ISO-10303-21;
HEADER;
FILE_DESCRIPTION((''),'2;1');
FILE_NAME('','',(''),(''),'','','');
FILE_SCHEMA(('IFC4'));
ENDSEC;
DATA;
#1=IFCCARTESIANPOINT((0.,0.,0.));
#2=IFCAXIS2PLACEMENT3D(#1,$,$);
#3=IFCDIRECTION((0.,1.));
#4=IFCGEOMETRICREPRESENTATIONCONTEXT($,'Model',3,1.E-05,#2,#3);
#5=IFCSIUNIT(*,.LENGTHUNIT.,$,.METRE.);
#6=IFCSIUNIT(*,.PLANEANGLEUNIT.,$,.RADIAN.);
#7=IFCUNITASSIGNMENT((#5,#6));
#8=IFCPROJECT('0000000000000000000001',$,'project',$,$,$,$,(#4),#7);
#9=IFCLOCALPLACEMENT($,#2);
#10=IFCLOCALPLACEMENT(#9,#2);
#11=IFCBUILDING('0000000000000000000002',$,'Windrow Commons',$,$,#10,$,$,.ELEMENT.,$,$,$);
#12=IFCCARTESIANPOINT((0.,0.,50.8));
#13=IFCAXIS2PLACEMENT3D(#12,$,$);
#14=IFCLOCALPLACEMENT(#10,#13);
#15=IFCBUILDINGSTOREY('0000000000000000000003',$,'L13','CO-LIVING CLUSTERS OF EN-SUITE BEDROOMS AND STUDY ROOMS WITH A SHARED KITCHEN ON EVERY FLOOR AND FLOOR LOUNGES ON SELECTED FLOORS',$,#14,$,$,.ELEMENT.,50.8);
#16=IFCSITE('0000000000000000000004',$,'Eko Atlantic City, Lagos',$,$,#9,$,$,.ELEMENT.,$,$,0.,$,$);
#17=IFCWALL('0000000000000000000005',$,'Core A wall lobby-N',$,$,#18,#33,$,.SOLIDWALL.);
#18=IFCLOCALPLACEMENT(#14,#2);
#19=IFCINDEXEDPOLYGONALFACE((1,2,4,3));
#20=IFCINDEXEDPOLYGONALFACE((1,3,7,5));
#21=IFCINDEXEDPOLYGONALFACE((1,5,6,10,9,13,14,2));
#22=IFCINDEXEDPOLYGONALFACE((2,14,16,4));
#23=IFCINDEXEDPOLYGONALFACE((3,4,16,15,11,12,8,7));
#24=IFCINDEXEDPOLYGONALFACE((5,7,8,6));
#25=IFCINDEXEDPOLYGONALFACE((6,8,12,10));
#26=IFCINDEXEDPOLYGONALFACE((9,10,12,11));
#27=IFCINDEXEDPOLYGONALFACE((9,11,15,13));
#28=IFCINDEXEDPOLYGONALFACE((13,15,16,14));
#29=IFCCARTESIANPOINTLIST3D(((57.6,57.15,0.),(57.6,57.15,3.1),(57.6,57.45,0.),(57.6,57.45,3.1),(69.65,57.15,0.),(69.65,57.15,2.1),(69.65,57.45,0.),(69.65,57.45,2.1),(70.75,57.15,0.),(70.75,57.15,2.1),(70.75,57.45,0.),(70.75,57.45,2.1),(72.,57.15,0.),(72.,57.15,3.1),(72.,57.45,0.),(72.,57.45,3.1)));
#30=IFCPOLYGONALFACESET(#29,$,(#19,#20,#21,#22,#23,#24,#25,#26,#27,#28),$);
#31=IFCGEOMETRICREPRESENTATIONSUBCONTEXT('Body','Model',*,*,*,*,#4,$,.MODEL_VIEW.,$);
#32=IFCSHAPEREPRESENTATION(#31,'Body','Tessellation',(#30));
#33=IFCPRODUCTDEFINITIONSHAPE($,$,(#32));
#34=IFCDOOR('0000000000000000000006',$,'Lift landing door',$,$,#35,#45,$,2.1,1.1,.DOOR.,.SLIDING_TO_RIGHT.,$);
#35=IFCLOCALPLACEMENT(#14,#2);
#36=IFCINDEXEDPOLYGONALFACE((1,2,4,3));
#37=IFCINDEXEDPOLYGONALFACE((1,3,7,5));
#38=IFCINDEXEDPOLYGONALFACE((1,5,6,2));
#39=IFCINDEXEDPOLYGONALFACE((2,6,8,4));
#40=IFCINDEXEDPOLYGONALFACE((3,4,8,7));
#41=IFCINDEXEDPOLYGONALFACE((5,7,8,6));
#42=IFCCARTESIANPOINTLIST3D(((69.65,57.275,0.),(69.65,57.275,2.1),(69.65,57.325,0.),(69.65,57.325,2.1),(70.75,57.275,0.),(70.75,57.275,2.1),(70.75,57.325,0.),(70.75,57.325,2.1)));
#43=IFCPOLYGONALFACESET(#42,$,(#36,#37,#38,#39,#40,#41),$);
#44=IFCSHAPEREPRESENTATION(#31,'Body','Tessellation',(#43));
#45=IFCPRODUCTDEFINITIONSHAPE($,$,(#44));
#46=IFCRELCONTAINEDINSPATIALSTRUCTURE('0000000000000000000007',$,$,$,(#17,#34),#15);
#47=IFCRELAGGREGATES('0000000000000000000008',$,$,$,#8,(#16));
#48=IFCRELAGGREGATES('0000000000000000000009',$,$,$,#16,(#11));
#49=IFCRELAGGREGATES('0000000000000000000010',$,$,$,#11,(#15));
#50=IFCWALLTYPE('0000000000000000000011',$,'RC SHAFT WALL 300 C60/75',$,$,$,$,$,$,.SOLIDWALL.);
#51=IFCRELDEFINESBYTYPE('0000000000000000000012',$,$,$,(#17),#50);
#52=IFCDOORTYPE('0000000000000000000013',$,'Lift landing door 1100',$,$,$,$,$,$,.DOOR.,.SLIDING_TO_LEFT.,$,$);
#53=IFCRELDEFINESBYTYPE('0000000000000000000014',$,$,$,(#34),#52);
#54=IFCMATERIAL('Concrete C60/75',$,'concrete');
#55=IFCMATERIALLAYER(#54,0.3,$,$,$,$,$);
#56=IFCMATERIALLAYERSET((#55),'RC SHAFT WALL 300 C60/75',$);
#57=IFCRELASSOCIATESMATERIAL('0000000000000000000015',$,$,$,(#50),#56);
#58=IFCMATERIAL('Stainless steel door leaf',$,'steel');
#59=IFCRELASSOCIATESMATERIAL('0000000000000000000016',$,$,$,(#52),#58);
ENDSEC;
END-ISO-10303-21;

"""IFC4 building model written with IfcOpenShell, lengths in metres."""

from ifc_helpers import new_model, si_unit, direction, frame, frame_2d, origin, place, context, subcontext, project, spatial, rectangle, extrude, material, layer, layer_set, type_object, element, fill, save


model = new_model("IFC4")

# Units and contexts
model_context = context("Model", 3, precision=1e-05, world=origin(), true_north=direction((0.0, 1.0)))
body_context = subcontext(model_context, "Body", "Model", "MODEL_VIEW")
ifc_project = project(units=[si_unit("LENGTHUNIT", "METRE"), si_unit("PLANEANGLEUNIT", "RADIAN")], contexts=[model_context])

# Site, building, storey
site_placement = place(None, origin())
site = spatial("IfcSite", under=ifc_project, at=site_placement, Name="Eko Atlantic City, Lagos", CompositionType="ELEMENT", RefElevation=0.0)
building_placement = place(site_placement, origin())
building = spatial("IfcBuilding", under=site, at=building_placement, Name="Windrow Commons", CompositionType="ELEMENT")
storey_placement = place(building_placement, frame((0.0, 0.0, 50.8)))
storey = spatial("IfcBuildingStorey", under=building, at=storey_placement, Name="L13", Description="CO-LIVING CLUSTERS OF EN-SUITE BEDROOMS AND STUDY ROOMS WITH A SHARED KITCHEN ON EVERY FLOOR AND FLOOR LOUNGES ON SELECTED FLOORS", CompositionType="ELEMENT", Elevation=50.8)

# Shared definitions
ifc_material_1 = material(Name="Concrete C60/75", Category="concrete")
ifc_layer_1 = layer(ifc_material_1, 0.3)
ifc_layer_set_1 = layer_set([ifc_layer_1], Name="RC SHAFT WALL 300 C60/75")
wall_type_1 = type_object("IfcWallType", Name="RC SHAFT WALL 300 C60/75", PredefinedType="SOLIDWALL", material=ifc_layer_set_1)

# Shared definitions
ifc_material_2 = material(Name="Stainless steel door leaf", Category="steel")
door_type_1 = type_object("IfcDoorType", Name="Lift landing door 1100", OperationType="SLIDING_TO_LEFT", PredefinedType="DOOR", material=ifc_material_2)

# Wall, opening, door
wall_1_placement = place(storey_placement, frame((57.6, 57.3, 0.0), z_axis=(0.0, 0.0, 1.0), x_axis=(1.0, 0.0, 0.0)))
wall_1 = element("IfcWall", 1, at=wall_1_placement, inside=storey, type_object=wall_type_1, Name="Core A wall lobby-N", PredefinedType="SOLIDWALL", context=body_context, shape_type="SweptSolid", body=[
    extrude(rectangle(XDim=14.4, YDim=0.3, at=frame_2d((7.2, 0.0))), origin(), (0.0, 0.0, 1.0), 3.1),
])
opening_1_placement = place(wall_1_placement, frame((12.05, 0.0, 0.0)))
opening_1 = element("IfcOpeningElement", 2, at=opening_1_placement, cuts=wall_1, PredefinedType="OPENING", context=body_context, shape_type="SweptSolid", body=[
    extrude(rectangle(XDim=1.1, YDim=2.1, at=frame_2d((0.55, 1.05))), frame((0.0, 0.16, 0.0), z_axis=(0.0, -1.0, 0.0), x_axis=(1.0, 0.0, 0.0)), (0.0, 0.0, 1.0), 0.32),
])
door_1_placement = place(opening_1_placement, origin())
door_1 = element("IfcDoor", 3, at=door_1_placement, inside=storey, type_object=door_type_1, Name="Lift landing door", OperationType="SLIDING_TO_RIGHT", OverallHeight=2.1, OverallWidth=1.1, PredefinedType="DOOR", context=body_context, shape_type="SweptSolid", body=[
    extrude(rectangle(XDim=1.1, YDim=2.1, at=frame_2d((0.55, 1.05))), frame((0.0, 0.025, 0.0), z_axis=(0.0, -1.0, 0.0), x_axis=(1.0, 0.0, 0.0)), (0.0, 0.0, 1.0), 0.05),
])
fill(opening_1, door_1)

save(model, "model.ifc")
